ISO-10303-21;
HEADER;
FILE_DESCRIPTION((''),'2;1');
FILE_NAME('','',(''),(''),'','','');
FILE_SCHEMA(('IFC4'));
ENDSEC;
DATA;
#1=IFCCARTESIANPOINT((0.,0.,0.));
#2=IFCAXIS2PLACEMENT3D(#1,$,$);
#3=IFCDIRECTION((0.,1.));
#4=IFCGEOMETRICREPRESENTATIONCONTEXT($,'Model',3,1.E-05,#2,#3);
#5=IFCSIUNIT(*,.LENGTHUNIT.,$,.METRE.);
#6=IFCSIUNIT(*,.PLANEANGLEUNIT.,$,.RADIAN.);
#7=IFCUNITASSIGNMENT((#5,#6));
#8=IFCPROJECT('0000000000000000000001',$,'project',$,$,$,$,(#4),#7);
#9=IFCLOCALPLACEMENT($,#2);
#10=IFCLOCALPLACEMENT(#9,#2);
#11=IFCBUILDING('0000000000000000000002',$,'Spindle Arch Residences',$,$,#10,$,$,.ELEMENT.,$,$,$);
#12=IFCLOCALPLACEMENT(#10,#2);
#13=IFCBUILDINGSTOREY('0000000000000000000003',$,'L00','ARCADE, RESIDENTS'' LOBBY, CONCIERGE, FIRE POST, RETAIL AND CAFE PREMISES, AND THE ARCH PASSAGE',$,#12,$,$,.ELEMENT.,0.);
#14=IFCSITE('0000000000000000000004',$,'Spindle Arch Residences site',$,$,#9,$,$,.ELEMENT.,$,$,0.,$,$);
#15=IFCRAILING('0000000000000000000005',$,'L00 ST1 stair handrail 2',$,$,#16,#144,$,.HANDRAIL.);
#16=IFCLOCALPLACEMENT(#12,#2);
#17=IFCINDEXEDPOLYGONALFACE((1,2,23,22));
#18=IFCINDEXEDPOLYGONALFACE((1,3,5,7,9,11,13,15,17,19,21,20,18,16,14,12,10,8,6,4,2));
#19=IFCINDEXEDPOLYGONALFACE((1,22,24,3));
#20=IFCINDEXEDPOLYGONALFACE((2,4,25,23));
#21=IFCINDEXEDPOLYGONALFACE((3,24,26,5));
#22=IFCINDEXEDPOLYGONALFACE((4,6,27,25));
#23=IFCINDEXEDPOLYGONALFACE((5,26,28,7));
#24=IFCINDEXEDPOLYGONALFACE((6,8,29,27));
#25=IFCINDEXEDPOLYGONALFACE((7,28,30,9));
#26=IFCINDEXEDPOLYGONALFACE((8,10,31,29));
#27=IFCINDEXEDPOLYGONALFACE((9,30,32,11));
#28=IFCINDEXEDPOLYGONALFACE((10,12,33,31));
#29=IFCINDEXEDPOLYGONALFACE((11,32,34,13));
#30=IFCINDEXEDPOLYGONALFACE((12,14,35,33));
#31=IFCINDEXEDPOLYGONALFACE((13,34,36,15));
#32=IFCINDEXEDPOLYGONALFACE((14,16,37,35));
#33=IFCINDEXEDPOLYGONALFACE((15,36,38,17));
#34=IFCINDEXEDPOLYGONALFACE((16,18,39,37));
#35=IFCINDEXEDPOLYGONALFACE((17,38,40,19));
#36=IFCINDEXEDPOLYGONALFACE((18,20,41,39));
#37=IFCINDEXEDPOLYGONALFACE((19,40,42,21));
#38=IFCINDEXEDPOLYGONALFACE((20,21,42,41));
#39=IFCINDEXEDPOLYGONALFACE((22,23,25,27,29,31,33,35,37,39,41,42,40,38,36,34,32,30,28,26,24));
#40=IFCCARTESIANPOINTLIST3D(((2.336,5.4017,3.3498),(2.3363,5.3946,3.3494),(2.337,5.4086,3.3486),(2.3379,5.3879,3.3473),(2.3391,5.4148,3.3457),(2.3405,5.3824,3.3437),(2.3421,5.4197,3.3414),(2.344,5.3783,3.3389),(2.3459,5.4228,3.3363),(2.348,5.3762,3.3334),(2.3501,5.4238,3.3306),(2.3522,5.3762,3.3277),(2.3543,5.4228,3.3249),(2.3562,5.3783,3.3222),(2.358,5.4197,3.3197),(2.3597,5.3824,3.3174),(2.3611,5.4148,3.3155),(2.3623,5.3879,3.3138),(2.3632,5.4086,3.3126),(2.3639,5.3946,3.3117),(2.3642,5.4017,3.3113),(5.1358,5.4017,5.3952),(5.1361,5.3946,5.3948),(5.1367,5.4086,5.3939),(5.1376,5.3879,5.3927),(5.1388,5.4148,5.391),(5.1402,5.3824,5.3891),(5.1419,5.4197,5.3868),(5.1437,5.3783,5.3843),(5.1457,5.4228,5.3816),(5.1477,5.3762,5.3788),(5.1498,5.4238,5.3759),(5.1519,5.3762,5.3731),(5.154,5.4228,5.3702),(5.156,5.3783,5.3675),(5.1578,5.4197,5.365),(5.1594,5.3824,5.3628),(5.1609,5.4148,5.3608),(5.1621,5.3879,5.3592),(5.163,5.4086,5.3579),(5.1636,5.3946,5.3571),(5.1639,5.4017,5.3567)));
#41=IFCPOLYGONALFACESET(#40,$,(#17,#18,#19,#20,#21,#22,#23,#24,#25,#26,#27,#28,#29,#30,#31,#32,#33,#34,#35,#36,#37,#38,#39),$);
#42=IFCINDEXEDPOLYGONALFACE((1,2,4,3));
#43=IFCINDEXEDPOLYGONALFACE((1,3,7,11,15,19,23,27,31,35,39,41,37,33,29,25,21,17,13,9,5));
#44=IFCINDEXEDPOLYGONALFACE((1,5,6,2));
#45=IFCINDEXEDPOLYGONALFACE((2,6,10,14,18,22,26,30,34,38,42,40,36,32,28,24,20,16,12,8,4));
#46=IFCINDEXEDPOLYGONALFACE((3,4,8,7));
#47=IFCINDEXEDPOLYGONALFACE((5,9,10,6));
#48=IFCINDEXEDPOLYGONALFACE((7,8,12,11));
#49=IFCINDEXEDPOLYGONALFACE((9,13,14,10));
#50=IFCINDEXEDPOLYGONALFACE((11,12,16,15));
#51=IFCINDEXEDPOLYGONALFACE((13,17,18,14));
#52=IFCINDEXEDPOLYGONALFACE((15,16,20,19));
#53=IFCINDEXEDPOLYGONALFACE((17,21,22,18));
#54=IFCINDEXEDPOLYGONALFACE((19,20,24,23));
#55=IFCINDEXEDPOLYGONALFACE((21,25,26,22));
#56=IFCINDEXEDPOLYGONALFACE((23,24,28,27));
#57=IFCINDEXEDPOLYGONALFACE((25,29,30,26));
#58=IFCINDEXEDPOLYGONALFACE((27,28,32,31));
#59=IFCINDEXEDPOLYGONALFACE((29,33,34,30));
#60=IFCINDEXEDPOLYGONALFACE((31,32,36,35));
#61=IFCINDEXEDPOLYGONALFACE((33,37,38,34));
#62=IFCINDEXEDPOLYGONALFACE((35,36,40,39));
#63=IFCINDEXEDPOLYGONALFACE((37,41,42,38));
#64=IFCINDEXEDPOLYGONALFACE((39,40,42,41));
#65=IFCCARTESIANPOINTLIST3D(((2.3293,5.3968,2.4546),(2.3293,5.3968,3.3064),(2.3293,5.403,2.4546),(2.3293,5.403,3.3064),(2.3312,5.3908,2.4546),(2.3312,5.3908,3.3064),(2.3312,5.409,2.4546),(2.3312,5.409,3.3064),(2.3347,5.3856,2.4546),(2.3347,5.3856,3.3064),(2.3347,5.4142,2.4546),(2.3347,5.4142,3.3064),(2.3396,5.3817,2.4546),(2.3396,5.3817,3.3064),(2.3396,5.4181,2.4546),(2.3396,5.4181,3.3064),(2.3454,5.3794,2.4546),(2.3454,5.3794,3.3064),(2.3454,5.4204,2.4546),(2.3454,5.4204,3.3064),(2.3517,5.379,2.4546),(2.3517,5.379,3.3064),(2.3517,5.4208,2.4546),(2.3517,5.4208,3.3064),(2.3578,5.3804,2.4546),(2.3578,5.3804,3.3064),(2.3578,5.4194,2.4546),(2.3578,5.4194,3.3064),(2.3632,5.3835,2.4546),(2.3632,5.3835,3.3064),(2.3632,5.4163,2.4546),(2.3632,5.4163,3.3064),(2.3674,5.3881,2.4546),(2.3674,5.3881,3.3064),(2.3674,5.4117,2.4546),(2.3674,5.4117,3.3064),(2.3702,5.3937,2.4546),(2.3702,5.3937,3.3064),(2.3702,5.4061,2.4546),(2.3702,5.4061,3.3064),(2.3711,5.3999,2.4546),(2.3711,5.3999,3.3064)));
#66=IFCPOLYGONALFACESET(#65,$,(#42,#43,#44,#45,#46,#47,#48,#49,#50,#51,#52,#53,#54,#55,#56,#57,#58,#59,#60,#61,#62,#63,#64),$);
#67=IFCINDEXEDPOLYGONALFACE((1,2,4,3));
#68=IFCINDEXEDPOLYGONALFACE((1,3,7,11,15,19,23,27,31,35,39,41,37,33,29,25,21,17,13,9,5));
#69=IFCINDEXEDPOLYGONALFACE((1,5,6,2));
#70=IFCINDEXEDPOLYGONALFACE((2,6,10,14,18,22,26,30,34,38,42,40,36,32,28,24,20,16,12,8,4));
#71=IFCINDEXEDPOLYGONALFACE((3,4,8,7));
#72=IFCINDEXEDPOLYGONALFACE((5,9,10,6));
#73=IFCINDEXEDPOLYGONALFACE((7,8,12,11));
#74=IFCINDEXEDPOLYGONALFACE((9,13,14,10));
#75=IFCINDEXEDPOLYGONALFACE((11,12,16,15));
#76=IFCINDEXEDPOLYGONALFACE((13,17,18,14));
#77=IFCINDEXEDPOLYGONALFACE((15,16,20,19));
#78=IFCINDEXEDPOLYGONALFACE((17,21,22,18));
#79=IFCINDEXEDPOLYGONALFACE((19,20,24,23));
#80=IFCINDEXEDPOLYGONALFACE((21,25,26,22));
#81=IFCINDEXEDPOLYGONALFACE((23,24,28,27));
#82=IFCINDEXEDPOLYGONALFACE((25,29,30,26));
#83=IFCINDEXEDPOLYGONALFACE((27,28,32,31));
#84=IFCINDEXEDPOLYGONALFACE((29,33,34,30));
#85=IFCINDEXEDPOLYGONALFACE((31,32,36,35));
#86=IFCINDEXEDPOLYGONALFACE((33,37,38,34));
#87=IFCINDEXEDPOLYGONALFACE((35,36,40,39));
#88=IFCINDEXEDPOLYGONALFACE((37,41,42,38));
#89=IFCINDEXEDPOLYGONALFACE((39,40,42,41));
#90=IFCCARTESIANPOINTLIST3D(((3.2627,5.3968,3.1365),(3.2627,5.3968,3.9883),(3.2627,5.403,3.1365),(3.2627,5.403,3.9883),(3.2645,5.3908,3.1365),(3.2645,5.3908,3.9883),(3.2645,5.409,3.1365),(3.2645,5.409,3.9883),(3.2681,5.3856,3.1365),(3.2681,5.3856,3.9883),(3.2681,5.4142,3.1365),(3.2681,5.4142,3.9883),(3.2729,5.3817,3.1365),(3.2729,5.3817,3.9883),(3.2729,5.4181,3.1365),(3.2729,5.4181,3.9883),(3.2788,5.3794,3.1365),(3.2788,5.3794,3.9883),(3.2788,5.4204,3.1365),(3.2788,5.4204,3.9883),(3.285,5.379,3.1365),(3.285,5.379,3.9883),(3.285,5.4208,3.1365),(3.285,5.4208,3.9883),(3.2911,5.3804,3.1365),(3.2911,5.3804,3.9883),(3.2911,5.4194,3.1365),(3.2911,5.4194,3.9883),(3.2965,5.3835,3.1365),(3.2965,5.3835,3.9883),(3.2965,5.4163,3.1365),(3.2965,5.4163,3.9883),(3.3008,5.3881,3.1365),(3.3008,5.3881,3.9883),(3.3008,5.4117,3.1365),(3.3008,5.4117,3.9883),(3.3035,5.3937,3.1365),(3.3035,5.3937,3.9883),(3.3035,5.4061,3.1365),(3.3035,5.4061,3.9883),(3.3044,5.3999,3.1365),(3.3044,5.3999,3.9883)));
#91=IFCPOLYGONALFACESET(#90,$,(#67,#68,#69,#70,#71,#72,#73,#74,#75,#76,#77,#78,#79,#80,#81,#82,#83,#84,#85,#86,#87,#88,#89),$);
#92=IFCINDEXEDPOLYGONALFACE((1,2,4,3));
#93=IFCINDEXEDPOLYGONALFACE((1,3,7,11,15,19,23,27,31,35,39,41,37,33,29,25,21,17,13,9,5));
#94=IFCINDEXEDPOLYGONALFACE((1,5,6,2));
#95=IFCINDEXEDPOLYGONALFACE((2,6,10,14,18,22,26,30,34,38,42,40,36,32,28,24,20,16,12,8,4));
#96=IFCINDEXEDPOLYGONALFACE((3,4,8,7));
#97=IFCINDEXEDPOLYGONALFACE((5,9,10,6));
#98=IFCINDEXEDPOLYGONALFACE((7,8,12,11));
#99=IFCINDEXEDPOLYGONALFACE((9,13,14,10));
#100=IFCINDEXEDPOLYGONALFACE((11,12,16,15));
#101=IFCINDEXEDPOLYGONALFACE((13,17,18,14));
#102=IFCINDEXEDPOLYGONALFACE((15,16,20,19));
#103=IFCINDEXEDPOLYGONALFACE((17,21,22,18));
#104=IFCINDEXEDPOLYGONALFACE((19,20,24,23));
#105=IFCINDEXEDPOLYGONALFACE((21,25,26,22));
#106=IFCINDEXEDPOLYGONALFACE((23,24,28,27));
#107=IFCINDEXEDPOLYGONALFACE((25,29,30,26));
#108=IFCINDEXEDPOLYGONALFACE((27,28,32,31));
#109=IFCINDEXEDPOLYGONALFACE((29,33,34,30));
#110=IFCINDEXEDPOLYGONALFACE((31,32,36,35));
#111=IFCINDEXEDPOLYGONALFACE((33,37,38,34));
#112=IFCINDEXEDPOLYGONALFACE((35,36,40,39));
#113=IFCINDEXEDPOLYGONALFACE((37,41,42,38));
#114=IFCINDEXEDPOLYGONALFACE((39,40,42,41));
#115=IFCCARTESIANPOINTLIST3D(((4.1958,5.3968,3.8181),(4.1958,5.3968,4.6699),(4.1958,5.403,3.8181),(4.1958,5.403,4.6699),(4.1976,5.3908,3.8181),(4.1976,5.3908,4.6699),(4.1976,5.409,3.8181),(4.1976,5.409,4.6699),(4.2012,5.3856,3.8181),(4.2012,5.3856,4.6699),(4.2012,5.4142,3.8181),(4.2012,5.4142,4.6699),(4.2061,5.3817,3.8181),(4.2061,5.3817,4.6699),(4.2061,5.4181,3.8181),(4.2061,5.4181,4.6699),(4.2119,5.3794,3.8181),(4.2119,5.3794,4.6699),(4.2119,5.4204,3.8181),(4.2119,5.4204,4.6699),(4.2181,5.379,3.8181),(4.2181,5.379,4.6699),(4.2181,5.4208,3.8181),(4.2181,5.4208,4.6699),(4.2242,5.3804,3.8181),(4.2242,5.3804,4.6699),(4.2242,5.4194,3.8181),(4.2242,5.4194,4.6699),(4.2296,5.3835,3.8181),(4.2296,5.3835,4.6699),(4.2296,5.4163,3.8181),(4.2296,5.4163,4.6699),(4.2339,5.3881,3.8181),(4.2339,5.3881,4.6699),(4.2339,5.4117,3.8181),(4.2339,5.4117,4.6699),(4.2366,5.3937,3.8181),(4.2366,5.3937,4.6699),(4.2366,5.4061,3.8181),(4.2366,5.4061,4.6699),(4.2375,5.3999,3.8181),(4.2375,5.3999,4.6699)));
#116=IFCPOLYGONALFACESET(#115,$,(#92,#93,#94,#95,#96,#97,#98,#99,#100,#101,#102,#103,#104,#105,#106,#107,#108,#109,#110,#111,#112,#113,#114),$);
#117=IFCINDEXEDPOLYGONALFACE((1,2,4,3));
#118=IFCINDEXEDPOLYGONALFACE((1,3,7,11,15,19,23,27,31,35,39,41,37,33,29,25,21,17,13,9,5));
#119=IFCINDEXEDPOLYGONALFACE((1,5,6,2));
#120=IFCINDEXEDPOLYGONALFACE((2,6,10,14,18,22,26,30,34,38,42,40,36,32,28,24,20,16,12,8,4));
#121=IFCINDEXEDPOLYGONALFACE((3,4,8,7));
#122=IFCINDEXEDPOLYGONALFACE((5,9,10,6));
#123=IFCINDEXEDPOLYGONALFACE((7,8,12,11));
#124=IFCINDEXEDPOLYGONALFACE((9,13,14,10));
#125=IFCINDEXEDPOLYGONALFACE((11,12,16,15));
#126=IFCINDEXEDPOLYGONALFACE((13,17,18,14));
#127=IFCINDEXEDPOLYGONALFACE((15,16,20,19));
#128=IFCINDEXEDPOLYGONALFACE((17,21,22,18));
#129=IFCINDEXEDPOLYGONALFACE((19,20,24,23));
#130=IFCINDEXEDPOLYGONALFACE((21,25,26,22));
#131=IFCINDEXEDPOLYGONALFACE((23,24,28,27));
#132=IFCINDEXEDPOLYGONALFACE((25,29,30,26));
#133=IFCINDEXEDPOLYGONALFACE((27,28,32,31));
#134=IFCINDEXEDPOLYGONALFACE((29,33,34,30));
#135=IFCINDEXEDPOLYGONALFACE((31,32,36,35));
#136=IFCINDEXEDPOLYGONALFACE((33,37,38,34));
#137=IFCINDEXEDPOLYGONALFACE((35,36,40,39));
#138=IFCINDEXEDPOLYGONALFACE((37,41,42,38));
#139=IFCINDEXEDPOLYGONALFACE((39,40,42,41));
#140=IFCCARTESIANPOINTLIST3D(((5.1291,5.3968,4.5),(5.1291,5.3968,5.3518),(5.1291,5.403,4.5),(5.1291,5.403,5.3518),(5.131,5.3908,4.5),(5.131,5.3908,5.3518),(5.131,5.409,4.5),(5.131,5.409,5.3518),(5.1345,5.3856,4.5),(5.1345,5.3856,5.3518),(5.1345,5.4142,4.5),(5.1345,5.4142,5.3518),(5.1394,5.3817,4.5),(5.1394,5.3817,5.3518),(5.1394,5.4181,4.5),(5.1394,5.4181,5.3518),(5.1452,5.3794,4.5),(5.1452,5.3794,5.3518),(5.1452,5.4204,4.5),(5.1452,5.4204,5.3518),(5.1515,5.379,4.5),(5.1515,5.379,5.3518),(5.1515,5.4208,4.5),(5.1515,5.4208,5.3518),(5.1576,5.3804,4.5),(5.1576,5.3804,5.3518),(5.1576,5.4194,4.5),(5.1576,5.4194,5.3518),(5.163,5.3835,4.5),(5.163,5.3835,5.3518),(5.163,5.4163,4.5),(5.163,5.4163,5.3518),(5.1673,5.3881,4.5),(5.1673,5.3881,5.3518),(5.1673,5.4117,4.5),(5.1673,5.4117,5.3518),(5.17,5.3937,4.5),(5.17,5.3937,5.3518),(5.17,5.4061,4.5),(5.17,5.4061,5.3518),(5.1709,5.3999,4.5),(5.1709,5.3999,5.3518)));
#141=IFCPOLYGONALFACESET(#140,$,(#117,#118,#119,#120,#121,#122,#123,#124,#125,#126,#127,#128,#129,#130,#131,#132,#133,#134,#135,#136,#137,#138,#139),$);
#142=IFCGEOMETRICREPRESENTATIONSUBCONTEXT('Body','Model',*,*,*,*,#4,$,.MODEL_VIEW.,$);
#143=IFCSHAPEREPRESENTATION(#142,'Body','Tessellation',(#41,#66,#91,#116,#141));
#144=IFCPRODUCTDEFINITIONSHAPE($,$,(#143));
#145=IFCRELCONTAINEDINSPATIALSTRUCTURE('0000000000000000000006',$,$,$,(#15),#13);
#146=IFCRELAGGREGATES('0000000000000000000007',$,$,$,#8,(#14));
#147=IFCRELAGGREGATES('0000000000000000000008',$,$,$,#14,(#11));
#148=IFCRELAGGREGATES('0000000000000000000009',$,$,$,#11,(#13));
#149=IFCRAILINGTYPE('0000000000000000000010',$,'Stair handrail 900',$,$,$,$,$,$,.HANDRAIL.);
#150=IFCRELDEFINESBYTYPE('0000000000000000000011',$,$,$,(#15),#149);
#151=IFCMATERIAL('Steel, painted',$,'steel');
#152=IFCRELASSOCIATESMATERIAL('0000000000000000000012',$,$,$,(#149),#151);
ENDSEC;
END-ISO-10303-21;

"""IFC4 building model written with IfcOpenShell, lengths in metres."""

from ifc_helpers import new_model, si_unit, direction, frame, origin, origin_2d, place, context, subcontext, project, spatial, circle, extrude, material, type_object, element, save


model = new_model("IFC4")

# Units and contexts
model_context = context("Model", 3, precision=1e-05, world=origin(), true_north=direction((0.0, 1.0)))
body_context = subcontext(model_context, "Body", "Model", "MODEL_VIEW")
ifc_project = project(units=[si_unit("LENGTHUNIT", "METRE"), si_unit("PLANEANGLEUNIT", "RADIAN")], contexts=[model_context])

# Site, building, storey
site_placement = place(None, origin())
site = spatial("IfcSite", under=ifc_project, at=site_placement, Name="Spindle Arch Residences site", CompositionType="ELEMENT", RefElevation=0.0)
building_placement = place(site_placement, origin())
building = spatial("IfcBuilding", under=site, at=building_placement, Name="Spindle Arch Residences", CompositionType="ELEMENT")
storey_placement = place(building_placement, origin())
storey = spatial("IfcBuildingStorey", under=building, at=storey_placement, Name="L00", Description="ARCADE, RESIDENTS' LOBBY, CONCIERGE, FIRE POST, RETAIL AND CAFE PREMISES, AND THE ARCH PASSAGE", CompositionType="ELEMENT", Elevation=0.0)

# Railing
ifc_material_1 = material(Name="Steel, painted", Category="steel")
railing_type_1 = type_object("IfcRailingType", Name="Stair handrail 900", PredefinedType="HANDRAIL", material=ifc_material_1)
railing_1_placement = place(storey_placement, frame((2.3501, 5.3999, 2.4546)))
element("IfcRailing", 1, at=railing_1_placement, inside=storey, type_object=railing_type_1, Name="L00 ST1 stair handrail 2", PredefinedType="HANDRAIL", context=body_context, shape_type="SweptSolid", body=[
    extrude(circle(Radius=0.0239, at=origin_2d()), frame((0.0, 0.0, 0.876), z_axis=(0.807474, 0.0, 0.589904), x_axis=(0.0, 1.0, 0.0)), (0.0, 0.0, 1.0), 3.4673),
    extrude(circle(Radius=0.021, at=origin_2d()), origin(), (0.0, 0.0, 1.0), 0.8518),
    extrude(circle(Radius=0.021, at=origin_2d()), frame((0.9333, 0.0, 0.6819)), (0.0, 0.0, 1.0), 0.8518),
    extrude(circle(Radius=0.021, at=origin_2d()), frame((1.8665, 0.0, 1.3635)), (0.0, 0.0, 1.0), 0.8518),
    extrude(circle(Radius=0.021, at=origin_2d()), frame((2.7998, 0.0, 2.0454)), (0.0, 0.0, 1.0), 0.8518),
])

save(model, "model.ifc")
